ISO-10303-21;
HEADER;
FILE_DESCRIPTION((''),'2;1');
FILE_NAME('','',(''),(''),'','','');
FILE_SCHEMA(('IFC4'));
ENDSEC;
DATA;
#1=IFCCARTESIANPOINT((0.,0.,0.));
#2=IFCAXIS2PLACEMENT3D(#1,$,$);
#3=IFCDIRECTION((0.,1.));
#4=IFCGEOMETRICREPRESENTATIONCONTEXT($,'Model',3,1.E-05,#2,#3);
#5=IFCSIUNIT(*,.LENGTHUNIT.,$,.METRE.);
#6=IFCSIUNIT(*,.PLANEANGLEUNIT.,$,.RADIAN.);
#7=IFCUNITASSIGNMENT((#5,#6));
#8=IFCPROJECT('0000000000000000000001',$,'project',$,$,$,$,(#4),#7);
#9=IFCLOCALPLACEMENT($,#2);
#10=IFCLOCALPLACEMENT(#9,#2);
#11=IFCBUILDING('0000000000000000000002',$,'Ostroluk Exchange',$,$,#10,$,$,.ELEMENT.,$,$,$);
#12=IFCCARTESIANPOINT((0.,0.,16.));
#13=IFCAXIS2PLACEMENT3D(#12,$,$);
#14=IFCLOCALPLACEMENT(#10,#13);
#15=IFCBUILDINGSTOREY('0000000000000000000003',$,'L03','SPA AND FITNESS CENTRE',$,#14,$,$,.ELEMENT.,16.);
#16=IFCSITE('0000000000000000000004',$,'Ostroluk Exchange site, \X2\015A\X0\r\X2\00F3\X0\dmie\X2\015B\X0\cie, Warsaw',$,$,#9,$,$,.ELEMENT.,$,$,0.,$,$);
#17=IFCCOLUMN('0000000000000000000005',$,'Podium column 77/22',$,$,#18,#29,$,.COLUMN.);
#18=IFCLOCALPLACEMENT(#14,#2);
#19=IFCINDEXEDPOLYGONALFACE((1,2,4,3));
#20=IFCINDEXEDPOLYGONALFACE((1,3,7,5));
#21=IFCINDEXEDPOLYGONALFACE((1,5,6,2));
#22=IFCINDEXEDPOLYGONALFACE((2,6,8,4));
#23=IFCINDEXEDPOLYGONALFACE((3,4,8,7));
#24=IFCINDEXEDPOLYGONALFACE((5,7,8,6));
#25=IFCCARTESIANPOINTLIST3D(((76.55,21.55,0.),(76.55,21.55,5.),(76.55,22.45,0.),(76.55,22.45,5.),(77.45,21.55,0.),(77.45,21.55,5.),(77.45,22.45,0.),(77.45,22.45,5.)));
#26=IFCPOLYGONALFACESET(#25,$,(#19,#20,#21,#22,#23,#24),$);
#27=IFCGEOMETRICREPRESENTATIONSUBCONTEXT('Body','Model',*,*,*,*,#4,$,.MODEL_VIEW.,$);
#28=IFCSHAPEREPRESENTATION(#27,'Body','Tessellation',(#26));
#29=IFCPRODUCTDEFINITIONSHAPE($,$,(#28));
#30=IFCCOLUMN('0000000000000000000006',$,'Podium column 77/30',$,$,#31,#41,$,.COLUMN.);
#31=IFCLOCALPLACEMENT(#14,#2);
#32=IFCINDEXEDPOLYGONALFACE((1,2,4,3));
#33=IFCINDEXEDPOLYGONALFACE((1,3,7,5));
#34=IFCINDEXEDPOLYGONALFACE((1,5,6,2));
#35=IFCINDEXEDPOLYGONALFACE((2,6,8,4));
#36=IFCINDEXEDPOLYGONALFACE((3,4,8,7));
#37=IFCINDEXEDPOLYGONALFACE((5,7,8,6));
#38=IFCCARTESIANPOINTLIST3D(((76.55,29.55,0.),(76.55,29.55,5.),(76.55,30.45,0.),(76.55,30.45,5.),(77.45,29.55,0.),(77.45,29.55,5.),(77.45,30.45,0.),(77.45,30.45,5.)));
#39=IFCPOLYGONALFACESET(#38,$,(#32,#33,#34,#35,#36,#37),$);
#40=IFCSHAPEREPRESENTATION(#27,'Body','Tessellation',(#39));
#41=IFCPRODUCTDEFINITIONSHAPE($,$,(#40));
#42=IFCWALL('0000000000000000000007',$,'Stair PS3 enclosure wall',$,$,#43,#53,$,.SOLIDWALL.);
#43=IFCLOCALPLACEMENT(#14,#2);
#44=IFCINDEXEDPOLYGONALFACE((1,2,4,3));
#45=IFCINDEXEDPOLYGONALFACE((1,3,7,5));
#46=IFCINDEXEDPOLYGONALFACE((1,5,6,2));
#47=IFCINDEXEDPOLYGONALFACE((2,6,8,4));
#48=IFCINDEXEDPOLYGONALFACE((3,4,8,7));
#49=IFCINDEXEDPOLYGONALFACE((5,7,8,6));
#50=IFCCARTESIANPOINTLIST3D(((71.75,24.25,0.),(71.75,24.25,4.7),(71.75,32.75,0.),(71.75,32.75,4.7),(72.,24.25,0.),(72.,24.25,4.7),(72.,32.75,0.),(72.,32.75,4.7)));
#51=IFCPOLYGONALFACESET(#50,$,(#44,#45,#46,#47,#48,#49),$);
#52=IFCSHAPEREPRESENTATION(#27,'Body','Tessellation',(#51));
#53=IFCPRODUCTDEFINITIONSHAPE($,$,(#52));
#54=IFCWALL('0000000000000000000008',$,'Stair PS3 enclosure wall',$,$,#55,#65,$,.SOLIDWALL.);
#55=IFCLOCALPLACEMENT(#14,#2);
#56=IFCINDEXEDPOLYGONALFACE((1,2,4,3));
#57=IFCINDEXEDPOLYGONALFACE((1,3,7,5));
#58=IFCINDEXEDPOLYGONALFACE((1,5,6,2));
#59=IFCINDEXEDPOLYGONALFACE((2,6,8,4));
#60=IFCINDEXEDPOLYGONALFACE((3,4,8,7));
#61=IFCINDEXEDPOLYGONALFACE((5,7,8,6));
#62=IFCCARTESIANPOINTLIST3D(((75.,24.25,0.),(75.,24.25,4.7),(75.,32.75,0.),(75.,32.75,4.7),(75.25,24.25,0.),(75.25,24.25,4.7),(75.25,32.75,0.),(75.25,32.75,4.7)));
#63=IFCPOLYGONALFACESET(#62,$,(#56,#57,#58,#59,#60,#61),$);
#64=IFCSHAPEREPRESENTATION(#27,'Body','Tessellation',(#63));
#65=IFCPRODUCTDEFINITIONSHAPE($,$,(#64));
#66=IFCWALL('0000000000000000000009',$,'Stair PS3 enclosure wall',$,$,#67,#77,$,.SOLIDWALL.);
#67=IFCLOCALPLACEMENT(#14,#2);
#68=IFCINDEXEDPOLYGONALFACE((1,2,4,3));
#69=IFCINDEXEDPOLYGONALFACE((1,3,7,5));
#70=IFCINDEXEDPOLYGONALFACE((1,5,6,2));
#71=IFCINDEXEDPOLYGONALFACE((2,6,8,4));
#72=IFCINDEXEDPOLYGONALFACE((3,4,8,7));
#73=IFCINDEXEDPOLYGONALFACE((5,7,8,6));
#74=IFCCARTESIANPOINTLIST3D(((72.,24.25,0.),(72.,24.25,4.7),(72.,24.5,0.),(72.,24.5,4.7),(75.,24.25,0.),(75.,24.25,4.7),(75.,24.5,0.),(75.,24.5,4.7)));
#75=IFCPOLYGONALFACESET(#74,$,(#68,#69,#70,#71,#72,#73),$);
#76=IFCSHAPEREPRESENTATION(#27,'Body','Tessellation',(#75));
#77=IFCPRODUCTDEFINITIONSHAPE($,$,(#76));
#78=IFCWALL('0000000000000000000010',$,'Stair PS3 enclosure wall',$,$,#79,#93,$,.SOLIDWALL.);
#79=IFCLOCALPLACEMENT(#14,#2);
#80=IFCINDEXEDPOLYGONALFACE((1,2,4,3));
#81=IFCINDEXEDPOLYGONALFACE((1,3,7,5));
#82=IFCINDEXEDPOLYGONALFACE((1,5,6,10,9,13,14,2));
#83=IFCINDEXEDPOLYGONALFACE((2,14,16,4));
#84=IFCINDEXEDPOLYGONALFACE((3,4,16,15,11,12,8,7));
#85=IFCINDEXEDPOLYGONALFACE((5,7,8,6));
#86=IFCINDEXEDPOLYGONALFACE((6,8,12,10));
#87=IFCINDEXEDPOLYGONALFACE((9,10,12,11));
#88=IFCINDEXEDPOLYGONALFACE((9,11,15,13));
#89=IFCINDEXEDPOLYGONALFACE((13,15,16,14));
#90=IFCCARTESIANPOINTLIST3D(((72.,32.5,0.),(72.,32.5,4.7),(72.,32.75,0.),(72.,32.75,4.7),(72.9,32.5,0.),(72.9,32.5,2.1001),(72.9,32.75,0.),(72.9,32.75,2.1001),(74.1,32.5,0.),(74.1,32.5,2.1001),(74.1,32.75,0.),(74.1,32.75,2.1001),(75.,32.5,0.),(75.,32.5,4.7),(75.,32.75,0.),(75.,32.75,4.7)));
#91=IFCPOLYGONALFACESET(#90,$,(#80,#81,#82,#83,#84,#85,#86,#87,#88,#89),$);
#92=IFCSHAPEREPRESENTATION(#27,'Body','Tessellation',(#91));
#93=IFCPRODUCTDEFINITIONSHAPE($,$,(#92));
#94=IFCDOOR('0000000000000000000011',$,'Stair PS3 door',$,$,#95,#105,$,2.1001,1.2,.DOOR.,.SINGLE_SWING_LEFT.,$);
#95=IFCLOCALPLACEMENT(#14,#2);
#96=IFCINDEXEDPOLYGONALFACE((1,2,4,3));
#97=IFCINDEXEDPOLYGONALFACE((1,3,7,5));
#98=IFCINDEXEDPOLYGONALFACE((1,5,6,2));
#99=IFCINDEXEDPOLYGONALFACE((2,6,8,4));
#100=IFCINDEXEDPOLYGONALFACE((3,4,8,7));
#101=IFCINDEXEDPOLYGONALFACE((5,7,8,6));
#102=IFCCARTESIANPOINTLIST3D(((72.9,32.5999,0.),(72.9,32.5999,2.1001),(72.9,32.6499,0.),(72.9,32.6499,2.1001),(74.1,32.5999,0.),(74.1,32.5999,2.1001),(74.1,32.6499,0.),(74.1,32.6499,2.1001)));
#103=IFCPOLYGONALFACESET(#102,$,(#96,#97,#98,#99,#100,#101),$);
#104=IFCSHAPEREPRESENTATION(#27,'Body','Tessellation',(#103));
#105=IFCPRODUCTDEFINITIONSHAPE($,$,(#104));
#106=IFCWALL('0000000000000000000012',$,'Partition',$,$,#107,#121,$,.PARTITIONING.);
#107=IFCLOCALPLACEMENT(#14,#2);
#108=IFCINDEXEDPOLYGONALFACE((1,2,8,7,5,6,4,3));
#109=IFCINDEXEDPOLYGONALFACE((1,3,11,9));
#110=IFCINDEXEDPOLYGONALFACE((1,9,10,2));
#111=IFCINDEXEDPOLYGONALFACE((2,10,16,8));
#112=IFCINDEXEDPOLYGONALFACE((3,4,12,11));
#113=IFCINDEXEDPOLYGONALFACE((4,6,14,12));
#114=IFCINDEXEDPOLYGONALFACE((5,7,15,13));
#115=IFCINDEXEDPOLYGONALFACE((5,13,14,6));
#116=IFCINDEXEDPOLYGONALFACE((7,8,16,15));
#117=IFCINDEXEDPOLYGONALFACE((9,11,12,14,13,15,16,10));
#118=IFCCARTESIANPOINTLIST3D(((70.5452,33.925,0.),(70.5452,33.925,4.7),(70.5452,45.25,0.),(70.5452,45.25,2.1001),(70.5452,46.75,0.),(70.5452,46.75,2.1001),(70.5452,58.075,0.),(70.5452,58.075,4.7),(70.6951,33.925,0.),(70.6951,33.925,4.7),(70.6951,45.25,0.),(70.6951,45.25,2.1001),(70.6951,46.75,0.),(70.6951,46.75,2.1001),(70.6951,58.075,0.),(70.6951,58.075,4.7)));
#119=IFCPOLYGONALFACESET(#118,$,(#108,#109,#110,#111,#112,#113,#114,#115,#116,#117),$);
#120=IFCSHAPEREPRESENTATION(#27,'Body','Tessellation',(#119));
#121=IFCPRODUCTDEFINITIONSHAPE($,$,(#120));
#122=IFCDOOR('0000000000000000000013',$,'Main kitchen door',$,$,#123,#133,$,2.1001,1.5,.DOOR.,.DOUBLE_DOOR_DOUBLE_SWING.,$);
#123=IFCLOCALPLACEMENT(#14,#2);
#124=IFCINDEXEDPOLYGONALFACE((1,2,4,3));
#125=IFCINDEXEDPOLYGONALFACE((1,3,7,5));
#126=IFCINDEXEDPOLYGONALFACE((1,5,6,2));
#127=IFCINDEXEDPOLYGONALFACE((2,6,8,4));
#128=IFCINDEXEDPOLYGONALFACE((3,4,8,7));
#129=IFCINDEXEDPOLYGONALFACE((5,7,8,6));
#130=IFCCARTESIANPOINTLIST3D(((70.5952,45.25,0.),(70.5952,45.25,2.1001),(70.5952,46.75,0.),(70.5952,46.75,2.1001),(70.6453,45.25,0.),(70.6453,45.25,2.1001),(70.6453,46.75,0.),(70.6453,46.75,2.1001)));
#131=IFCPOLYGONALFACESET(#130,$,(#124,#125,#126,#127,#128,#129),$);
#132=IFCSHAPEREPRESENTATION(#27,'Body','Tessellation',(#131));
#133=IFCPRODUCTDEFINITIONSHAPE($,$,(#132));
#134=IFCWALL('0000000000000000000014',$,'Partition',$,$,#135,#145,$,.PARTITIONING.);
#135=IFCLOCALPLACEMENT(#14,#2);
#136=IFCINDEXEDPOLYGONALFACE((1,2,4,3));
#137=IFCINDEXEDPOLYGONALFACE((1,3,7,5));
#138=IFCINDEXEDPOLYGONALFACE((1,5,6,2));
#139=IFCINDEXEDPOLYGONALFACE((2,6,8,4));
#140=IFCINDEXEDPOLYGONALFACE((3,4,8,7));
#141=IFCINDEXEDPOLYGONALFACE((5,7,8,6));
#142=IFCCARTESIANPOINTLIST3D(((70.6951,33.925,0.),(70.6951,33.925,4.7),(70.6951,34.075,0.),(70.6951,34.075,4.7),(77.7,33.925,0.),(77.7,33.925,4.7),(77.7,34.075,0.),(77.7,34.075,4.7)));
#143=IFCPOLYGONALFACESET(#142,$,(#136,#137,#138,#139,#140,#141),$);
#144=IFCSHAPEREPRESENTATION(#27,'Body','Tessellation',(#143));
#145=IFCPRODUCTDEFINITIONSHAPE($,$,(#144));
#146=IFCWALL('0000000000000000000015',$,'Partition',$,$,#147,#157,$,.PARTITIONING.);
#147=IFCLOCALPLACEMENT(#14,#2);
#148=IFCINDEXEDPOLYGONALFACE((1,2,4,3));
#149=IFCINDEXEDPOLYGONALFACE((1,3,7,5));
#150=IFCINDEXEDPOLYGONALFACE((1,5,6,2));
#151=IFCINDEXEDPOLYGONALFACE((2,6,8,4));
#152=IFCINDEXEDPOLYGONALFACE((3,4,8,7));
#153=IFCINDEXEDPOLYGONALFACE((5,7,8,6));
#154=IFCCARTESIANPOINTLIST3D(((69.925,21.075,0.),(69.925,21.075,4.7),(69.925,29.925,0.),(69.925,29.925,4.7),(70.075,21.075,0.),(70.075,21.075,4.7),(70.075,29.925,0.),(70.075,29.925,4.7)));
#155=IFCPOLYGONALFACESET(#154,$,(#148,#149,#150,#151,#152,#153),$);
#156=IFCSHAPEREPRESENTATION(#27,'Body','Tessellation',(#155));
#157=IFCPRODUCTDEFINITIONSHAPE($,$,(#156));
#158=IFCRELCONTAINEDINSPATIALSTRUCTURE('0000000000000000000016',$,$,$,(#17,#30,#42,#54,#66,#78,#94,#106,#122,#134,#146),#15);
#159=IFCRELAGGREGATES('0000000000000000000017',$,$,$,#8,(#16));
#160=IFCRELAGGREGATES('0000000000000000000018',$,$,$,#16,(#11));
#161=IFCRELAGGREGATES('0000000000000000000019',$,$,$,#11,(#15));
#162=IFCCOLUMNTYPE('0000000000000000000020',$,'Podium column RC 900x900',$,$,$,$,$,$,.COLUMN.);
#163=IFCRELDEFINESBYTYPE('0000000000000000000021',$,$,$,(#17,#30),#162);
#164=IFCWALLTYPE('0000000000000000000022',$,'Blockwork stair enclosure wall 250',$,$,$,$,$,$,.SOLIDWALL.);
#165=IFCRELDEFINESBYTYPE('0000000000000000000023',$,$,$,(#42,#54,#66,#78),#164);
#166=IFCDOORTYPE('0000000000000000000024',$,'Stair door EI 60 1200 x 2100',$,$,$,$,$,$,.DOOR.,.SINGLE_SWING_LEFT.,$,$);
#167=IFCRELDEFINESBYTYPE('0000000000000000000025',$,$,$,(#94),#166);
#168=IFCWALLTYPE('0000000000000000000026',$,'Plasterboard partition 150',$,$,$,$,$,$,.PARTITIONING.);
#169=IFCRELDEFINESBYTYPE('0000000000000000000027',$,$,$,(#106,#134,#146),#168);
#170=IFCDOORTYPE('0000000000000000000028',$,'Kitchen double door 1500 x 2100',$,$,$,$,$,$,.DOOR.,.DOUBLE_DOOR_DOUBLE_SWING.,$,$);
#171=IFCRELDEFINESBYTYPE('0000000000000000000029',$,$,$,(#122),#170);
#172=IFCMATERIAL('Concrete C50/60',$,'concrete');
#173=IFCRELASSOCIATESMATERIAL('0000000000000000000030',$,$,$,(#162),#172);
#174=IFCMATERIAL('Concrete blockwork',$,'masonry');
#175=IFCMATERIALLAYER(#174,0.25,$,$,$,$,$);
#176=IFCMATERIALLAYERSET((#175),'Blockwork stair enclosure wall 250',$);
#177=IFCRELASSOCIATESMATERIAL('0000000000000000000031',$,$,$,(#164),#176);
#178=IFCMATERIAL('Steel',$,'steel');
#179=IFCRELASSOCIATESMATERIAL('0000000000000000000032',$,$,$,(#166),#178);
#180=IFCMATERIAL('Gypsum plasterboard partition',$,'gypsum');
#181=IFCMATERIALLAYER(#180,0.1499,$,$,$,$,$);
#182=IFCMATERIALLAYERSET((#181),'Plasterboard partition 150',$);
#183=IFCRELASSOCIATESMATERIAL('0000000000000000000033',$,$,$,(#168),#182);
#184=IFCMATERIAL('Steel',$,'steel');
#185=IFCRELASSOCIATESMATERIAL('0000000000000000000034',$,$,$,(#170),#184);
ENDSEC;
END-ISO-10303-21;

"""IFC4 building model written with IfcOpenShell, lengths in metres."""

from ifc_helpers import new_model, si_unit, direction, frame, frame_2d, origin, origin_2d, place, context, subcontext, project, spatial, rectangle, extrude, material, layer, layer_set, material_profile, profile_set, type_object, element, fill, save


model = new_model("IFC4")

# Units and contexts
model_context = context("Model", 3, precision=1e-05, world=origin(), true_north=direction((0.0, 1.0)))
body_context = subcontext(model_context, "Body", "Model", "MODEL_VIEW")
ifc_project = project(units=[si_unit("LENGTHUNIT", "METRE"), si_unit("PLANEANGLEUNIT", "RADIAN")], contexts=[model_context])

# Site, building, storey
site_placement = place(None, origin())
site = spatial("IfcSite", under=ifc_project, at=site_placement, Name="Ostroluk Exchange site, Śródmieście, Warsaw", CompositionType="ELEMENT", RefElevation=0.0)
building_placement = place(site_placement, origin())
building = spatial("IfcBuilding", under=site, at=building_placement, Name="Ostroluk Exchange", CompositionType="ELEMENT")
storey_placement = place(building_placement, frame((0.0, 0.0, 16.0)))
storey = spatial("IfcBuildingStorey", under=building, at=storey_placement, Name="L03", Description="SPA AND FITNESS CENTRE", CompositionType="ELEMENT", Elevation=16.0)

# Columns
ifc_material_1 = material(Name="Concrete C50/60", Category="concrete")
ifc_material_profile = material_profile(ifc_material_1, rectangle(XDim=0.8999, YDim=0.8999, at=origin_2d()), Name="RC 900x900")
ifc_profile_set = profile_set([ifc_material_profile], Name="Concrete C50/60")
column_type = type_object("IfcColumnType", Name="Podium column RC 900x900", PredefinedType="COLUMN", material=ifc_profile_set)
for number, where, z_axis, x_axis, name in (
    (1, (77.0, 22.0, 0.0), (0.0, 0.0, 1.0), (1.0, 0.0, 0.0), "Podium column 77/22"),
    (2, (77.0, 30.0, 0.0), (0.0, 0.0, 1.0), (1.0, 0.0, 0.0), "Podium column 77/30"),
):
    element("IfcColumn", number, at=place(storey_placement, frame(where, z_axis=z_axis, x_axis=x_axis)), inside=storey, type_object=column_type, Name=name, PredefinedType="COLUMN", context=body_context, shape_type="SweptSolid", body=[
        extrude(rectangle(XDim=0.8999, YDim=0.8999, at=origin_2d()), origin(), (0.0, 0.0, 1.0), 5.0),
    ])

# Walls
ifc_material_2 = material(Name="Concrete blockwork", Category="masonry")
ifc_layer_1 = layer(ifc_material_2, 0.25)
ifc_layer_set_1 = layer_set([ifc_layer_1], Name="Blockwork stair enclosure wall 250")
wall_type_1 = type_object("IfcWallType", Name="Blockwork stair enclosure wall 250", PredefinedType="SOLIDWALL", material=ifc_layer_set_1)
for number, where, z_axis, x_axis, name in (
    (3, (71.875, 24.25, 0.0), (0.0, 0.0, 1.0), (0.0, 1.0, 0.0), "Stair PS3 enclosure wall"),
    (4, (75.125, 24.25, 0.0), (0.0, 0.0, 1.0), (0.0, 1.0, 0.0), "Stair PS3 enclosure wall"),
):
    element("IfcWall", number, at=place(storey_placement, frame(where, z_axis=z_axis, x_axis=x_axis)), inside=storey, type_object=wall_type_1, Name=name, PredefinedType="SOLIDWALL", context=body_context, shape_type="SweptSolid", body=[
        extrude(rectangle(XDim=8.5, YDim=0.25, at=frame_2d((4.25, 0.0))), origin(), (0.0, 0.0, 1.0), 4.7),
    ])
wall_1_placement = place(storey_placement, frame((72.0, 24.375, 0.0), z_axis=(0.0, 0.0, 1.0), x_axis=(1.0, 0.0, 0.0)))
element("IfcWall", 5, at=wall_1_placement, inside=storey, type_object=wall_type_1, Name="Stair PS3 enclosure wall", PredefinedType="SOLIDWALL", context=body_context, shape_type="SweptSolid", body=[
    extrude(rectangle(XDim=3.0, YDim=0.25, at=frame_2d((1.5, 0.0))), origin(), (0.0, 0.0, 1.0), 4.7),
])

# Walls, openings, doors
wall_2_placement = place(storey_placement, frame((72.0, 32.625, 0.0), z_axis=(0.0, 0.0, 1.0), x_axis=(1.0, 0.0, 0.0)))
wall_2 = element("IfcWall", 6, at=wall_2_placement, inside=storey, type_object=wall_type_1, Name="Stair PS3 enclosure wall", PredefinedType="SOLIDWALL", context=body_context, shape_type="SweptSolid", body=[
    extrude(rectangle(XDim=3.0, YDim=0.25, at=frame_2d((1.5, 0.0))), origin(), (0.0, 0.0, 1.0), 4.7),
])
opening_1_placement = place(wall_2_placement, frame((0.8999, 0.0, 0.0)))
opening_1 = element("IfcOpeningElement", 7, at=opening_1_placement, cuts=wall_2, PredefinedType="OPENING", context=body_context, shape_type="SweptSolid", body=[
    extrude(rectangle(XDim=1.2, YDim=2.1001, at=frame_2d((0.6001, 1.05))), frame((0.0, 0.135, 0.0), z_axis=(0.0, -1.0, 0.0), x_axis=(1.0, 0.0, 0.0)), (0.0, 0.0, 1.0), 0.27),
])
ifc_material_3 = material(Name="Steel", Category="steel")
door_type_1 = type_object("IfcDoorType", Name="Stair door EI 60 1200 x 2100", OperationType="SINGLE_SWING_LEFT", PredefinedType="DOOR", material=ifc_material_3)
door_1_placement = place(opening_1_placement, origin())
door_1 = element("IfcDoor", 8, at=door_1_placement, inside=storey, type_object=door_type_1, Name="Stair PS3 door", OperationType="SINGLE_SWING_LEFT", OverallHeight=2.1001, OverallWidth=1.2, PredefinedType="DOOR", context=body_context, shape_type="SweptSolid", body=[
    extrude(rectangle(XDim=1.2, YDim=2.1001, at=frame_2d((0.6001, 1.05))), frame((0.0, 0.0249, 0.0), z_axis=(0.0, -1.0, 0.0), x_axis=(1.0, 0.0, 0.0)), (0.0, 0.0, 1.0), 0.05),
])
fill(opening_1, door_1)
ifc_material_4 = material(Name="Gypsum plasterboard partition", Category="gypsum")
ifc_layer_2 = layer(ifc_material_4, 0.1499)
ifc_layer_set_2 = layer_set([ifc_layer_2], Name="Plasterboard partition 150")
wall_type_2 = type_object("IfcWallType", Name="Plasterboard partition 150", PredefinedType="PARTITIONING", material=ifc_layer_set_2)
wall_3_placement = place(storey_placement, frame((70.6201, 33.925, 0.0), z_axis=(0.0, 0.0, 1.0), x_axis=(0.0, 1.0, 0.0)))
wall_3 = element("IfcWall", 9, at=wall_3_placement, inside=storey, type_object=wall_type_2, Name="Partition", PredefinedType="PARTITIONING", context=body_context, shape_type="SweptSolid", body=[
    extrude(rectangle(XDim=24.1499, YDim=0.1499, at=frame_2d((12.075, 0.0))), origin(), (0.0, 0.0, 1.0), 4.7),
])
opening_2_placement = place(wall_3_placement, frame((11.325, 0.0, 0.0)))
opening_2 = element("IfcOpeningElement", 10, at=opening_2_placement, cuts=wall_3, PredefinedType="OPENING", context=body_context, shape_type="SweptSolid", body=[
    extrude(rectangle(XDim=1.5, YDim=2.1001, at=frame_2d((0.75, 1.05))), frame((0.0, 0.085, 0.0), z_axis=(0.0, -1.0, 0.0), x_axis=(1.0, 0.0, 0.0)), (0.0, 0.0, 1.0), 0.1699),
])
ifc_material_5 = material(Name="Steel", Category="steel")
door_type_2 = type_object("IfcDoorType", Name="Kitchen double door 1500 x 2100", OperationType="DOUBLE_DOOR_DOUBLE_SWING", PredefinedType="DOOR", material=ifc_material_5)
door_2_placement = place(opening_2_placement, origin())
door_2 = element("IfcDoor", 11, at=door_2_placement, inside=storey, type_object=door_type_2, Name="Main kitchen door", OperationType="DOUBLE_DOOR_DOUBLE_SWING", OverallHeight=2.1001, OverallWidth=1.5, PredefinedType="DOOR", context=body_context, shape_type="SweptSolid", body=[
    extrude(rectangle(XDim=1.5, YDim=2.1001, at=frame_2d((0.75, 1.05))), frame((0.0, 0.0249, 0.0), z_axis=(0.0, -1.0, 0.0), x_axis=(1.0, 0.0, 0.0)), (0.0, 0.0, 1.0), 0.05),
])
fill(opening_2, door_2)

# Walls
wall_4_placement = place(storey_placement, frame((70.6951, 34.0, 0.0), z_axis=(0.0, 0.0, 1.0), x_axis=(1.0, 0.0, 0.0)))
element("IfcWall", 12, at=wall_4_placement, inside=storey, type_object=wall_type_2, Name="Partition", PredefinedType="PARTITIONING", context=body_context, shape_type="SweptSolid", body=[
    extrude(rectangle(XDim=7.0049, YDim=0.1499, at=frame_2d((3.5024, 0.0))), origin(), (0.0, 0.0, 1.0), 4.7),
])
wall_5_placement = place(storey_placement, frame((70.0, 21.075, 0.0), z_axis=(0.0, 0.0, 1.0), x_axis=(0.0, 1.0, 0.0)))
element("IfcWall", 13, at=wall_5_placement, inside=storey, type_object=wall_type_2, Name="Partition", PredefinedType="PARTITIONING", context=body_context, shape_type="SweptSolid", body=[
    extrude(rectangle(XDim=8.8501, YDim=0.1499, at=frame_2d((4.425, 0.0))), origin(), (0.0, 0.0, 1.0), 4.7),
])

save(model, "model.ifc")
